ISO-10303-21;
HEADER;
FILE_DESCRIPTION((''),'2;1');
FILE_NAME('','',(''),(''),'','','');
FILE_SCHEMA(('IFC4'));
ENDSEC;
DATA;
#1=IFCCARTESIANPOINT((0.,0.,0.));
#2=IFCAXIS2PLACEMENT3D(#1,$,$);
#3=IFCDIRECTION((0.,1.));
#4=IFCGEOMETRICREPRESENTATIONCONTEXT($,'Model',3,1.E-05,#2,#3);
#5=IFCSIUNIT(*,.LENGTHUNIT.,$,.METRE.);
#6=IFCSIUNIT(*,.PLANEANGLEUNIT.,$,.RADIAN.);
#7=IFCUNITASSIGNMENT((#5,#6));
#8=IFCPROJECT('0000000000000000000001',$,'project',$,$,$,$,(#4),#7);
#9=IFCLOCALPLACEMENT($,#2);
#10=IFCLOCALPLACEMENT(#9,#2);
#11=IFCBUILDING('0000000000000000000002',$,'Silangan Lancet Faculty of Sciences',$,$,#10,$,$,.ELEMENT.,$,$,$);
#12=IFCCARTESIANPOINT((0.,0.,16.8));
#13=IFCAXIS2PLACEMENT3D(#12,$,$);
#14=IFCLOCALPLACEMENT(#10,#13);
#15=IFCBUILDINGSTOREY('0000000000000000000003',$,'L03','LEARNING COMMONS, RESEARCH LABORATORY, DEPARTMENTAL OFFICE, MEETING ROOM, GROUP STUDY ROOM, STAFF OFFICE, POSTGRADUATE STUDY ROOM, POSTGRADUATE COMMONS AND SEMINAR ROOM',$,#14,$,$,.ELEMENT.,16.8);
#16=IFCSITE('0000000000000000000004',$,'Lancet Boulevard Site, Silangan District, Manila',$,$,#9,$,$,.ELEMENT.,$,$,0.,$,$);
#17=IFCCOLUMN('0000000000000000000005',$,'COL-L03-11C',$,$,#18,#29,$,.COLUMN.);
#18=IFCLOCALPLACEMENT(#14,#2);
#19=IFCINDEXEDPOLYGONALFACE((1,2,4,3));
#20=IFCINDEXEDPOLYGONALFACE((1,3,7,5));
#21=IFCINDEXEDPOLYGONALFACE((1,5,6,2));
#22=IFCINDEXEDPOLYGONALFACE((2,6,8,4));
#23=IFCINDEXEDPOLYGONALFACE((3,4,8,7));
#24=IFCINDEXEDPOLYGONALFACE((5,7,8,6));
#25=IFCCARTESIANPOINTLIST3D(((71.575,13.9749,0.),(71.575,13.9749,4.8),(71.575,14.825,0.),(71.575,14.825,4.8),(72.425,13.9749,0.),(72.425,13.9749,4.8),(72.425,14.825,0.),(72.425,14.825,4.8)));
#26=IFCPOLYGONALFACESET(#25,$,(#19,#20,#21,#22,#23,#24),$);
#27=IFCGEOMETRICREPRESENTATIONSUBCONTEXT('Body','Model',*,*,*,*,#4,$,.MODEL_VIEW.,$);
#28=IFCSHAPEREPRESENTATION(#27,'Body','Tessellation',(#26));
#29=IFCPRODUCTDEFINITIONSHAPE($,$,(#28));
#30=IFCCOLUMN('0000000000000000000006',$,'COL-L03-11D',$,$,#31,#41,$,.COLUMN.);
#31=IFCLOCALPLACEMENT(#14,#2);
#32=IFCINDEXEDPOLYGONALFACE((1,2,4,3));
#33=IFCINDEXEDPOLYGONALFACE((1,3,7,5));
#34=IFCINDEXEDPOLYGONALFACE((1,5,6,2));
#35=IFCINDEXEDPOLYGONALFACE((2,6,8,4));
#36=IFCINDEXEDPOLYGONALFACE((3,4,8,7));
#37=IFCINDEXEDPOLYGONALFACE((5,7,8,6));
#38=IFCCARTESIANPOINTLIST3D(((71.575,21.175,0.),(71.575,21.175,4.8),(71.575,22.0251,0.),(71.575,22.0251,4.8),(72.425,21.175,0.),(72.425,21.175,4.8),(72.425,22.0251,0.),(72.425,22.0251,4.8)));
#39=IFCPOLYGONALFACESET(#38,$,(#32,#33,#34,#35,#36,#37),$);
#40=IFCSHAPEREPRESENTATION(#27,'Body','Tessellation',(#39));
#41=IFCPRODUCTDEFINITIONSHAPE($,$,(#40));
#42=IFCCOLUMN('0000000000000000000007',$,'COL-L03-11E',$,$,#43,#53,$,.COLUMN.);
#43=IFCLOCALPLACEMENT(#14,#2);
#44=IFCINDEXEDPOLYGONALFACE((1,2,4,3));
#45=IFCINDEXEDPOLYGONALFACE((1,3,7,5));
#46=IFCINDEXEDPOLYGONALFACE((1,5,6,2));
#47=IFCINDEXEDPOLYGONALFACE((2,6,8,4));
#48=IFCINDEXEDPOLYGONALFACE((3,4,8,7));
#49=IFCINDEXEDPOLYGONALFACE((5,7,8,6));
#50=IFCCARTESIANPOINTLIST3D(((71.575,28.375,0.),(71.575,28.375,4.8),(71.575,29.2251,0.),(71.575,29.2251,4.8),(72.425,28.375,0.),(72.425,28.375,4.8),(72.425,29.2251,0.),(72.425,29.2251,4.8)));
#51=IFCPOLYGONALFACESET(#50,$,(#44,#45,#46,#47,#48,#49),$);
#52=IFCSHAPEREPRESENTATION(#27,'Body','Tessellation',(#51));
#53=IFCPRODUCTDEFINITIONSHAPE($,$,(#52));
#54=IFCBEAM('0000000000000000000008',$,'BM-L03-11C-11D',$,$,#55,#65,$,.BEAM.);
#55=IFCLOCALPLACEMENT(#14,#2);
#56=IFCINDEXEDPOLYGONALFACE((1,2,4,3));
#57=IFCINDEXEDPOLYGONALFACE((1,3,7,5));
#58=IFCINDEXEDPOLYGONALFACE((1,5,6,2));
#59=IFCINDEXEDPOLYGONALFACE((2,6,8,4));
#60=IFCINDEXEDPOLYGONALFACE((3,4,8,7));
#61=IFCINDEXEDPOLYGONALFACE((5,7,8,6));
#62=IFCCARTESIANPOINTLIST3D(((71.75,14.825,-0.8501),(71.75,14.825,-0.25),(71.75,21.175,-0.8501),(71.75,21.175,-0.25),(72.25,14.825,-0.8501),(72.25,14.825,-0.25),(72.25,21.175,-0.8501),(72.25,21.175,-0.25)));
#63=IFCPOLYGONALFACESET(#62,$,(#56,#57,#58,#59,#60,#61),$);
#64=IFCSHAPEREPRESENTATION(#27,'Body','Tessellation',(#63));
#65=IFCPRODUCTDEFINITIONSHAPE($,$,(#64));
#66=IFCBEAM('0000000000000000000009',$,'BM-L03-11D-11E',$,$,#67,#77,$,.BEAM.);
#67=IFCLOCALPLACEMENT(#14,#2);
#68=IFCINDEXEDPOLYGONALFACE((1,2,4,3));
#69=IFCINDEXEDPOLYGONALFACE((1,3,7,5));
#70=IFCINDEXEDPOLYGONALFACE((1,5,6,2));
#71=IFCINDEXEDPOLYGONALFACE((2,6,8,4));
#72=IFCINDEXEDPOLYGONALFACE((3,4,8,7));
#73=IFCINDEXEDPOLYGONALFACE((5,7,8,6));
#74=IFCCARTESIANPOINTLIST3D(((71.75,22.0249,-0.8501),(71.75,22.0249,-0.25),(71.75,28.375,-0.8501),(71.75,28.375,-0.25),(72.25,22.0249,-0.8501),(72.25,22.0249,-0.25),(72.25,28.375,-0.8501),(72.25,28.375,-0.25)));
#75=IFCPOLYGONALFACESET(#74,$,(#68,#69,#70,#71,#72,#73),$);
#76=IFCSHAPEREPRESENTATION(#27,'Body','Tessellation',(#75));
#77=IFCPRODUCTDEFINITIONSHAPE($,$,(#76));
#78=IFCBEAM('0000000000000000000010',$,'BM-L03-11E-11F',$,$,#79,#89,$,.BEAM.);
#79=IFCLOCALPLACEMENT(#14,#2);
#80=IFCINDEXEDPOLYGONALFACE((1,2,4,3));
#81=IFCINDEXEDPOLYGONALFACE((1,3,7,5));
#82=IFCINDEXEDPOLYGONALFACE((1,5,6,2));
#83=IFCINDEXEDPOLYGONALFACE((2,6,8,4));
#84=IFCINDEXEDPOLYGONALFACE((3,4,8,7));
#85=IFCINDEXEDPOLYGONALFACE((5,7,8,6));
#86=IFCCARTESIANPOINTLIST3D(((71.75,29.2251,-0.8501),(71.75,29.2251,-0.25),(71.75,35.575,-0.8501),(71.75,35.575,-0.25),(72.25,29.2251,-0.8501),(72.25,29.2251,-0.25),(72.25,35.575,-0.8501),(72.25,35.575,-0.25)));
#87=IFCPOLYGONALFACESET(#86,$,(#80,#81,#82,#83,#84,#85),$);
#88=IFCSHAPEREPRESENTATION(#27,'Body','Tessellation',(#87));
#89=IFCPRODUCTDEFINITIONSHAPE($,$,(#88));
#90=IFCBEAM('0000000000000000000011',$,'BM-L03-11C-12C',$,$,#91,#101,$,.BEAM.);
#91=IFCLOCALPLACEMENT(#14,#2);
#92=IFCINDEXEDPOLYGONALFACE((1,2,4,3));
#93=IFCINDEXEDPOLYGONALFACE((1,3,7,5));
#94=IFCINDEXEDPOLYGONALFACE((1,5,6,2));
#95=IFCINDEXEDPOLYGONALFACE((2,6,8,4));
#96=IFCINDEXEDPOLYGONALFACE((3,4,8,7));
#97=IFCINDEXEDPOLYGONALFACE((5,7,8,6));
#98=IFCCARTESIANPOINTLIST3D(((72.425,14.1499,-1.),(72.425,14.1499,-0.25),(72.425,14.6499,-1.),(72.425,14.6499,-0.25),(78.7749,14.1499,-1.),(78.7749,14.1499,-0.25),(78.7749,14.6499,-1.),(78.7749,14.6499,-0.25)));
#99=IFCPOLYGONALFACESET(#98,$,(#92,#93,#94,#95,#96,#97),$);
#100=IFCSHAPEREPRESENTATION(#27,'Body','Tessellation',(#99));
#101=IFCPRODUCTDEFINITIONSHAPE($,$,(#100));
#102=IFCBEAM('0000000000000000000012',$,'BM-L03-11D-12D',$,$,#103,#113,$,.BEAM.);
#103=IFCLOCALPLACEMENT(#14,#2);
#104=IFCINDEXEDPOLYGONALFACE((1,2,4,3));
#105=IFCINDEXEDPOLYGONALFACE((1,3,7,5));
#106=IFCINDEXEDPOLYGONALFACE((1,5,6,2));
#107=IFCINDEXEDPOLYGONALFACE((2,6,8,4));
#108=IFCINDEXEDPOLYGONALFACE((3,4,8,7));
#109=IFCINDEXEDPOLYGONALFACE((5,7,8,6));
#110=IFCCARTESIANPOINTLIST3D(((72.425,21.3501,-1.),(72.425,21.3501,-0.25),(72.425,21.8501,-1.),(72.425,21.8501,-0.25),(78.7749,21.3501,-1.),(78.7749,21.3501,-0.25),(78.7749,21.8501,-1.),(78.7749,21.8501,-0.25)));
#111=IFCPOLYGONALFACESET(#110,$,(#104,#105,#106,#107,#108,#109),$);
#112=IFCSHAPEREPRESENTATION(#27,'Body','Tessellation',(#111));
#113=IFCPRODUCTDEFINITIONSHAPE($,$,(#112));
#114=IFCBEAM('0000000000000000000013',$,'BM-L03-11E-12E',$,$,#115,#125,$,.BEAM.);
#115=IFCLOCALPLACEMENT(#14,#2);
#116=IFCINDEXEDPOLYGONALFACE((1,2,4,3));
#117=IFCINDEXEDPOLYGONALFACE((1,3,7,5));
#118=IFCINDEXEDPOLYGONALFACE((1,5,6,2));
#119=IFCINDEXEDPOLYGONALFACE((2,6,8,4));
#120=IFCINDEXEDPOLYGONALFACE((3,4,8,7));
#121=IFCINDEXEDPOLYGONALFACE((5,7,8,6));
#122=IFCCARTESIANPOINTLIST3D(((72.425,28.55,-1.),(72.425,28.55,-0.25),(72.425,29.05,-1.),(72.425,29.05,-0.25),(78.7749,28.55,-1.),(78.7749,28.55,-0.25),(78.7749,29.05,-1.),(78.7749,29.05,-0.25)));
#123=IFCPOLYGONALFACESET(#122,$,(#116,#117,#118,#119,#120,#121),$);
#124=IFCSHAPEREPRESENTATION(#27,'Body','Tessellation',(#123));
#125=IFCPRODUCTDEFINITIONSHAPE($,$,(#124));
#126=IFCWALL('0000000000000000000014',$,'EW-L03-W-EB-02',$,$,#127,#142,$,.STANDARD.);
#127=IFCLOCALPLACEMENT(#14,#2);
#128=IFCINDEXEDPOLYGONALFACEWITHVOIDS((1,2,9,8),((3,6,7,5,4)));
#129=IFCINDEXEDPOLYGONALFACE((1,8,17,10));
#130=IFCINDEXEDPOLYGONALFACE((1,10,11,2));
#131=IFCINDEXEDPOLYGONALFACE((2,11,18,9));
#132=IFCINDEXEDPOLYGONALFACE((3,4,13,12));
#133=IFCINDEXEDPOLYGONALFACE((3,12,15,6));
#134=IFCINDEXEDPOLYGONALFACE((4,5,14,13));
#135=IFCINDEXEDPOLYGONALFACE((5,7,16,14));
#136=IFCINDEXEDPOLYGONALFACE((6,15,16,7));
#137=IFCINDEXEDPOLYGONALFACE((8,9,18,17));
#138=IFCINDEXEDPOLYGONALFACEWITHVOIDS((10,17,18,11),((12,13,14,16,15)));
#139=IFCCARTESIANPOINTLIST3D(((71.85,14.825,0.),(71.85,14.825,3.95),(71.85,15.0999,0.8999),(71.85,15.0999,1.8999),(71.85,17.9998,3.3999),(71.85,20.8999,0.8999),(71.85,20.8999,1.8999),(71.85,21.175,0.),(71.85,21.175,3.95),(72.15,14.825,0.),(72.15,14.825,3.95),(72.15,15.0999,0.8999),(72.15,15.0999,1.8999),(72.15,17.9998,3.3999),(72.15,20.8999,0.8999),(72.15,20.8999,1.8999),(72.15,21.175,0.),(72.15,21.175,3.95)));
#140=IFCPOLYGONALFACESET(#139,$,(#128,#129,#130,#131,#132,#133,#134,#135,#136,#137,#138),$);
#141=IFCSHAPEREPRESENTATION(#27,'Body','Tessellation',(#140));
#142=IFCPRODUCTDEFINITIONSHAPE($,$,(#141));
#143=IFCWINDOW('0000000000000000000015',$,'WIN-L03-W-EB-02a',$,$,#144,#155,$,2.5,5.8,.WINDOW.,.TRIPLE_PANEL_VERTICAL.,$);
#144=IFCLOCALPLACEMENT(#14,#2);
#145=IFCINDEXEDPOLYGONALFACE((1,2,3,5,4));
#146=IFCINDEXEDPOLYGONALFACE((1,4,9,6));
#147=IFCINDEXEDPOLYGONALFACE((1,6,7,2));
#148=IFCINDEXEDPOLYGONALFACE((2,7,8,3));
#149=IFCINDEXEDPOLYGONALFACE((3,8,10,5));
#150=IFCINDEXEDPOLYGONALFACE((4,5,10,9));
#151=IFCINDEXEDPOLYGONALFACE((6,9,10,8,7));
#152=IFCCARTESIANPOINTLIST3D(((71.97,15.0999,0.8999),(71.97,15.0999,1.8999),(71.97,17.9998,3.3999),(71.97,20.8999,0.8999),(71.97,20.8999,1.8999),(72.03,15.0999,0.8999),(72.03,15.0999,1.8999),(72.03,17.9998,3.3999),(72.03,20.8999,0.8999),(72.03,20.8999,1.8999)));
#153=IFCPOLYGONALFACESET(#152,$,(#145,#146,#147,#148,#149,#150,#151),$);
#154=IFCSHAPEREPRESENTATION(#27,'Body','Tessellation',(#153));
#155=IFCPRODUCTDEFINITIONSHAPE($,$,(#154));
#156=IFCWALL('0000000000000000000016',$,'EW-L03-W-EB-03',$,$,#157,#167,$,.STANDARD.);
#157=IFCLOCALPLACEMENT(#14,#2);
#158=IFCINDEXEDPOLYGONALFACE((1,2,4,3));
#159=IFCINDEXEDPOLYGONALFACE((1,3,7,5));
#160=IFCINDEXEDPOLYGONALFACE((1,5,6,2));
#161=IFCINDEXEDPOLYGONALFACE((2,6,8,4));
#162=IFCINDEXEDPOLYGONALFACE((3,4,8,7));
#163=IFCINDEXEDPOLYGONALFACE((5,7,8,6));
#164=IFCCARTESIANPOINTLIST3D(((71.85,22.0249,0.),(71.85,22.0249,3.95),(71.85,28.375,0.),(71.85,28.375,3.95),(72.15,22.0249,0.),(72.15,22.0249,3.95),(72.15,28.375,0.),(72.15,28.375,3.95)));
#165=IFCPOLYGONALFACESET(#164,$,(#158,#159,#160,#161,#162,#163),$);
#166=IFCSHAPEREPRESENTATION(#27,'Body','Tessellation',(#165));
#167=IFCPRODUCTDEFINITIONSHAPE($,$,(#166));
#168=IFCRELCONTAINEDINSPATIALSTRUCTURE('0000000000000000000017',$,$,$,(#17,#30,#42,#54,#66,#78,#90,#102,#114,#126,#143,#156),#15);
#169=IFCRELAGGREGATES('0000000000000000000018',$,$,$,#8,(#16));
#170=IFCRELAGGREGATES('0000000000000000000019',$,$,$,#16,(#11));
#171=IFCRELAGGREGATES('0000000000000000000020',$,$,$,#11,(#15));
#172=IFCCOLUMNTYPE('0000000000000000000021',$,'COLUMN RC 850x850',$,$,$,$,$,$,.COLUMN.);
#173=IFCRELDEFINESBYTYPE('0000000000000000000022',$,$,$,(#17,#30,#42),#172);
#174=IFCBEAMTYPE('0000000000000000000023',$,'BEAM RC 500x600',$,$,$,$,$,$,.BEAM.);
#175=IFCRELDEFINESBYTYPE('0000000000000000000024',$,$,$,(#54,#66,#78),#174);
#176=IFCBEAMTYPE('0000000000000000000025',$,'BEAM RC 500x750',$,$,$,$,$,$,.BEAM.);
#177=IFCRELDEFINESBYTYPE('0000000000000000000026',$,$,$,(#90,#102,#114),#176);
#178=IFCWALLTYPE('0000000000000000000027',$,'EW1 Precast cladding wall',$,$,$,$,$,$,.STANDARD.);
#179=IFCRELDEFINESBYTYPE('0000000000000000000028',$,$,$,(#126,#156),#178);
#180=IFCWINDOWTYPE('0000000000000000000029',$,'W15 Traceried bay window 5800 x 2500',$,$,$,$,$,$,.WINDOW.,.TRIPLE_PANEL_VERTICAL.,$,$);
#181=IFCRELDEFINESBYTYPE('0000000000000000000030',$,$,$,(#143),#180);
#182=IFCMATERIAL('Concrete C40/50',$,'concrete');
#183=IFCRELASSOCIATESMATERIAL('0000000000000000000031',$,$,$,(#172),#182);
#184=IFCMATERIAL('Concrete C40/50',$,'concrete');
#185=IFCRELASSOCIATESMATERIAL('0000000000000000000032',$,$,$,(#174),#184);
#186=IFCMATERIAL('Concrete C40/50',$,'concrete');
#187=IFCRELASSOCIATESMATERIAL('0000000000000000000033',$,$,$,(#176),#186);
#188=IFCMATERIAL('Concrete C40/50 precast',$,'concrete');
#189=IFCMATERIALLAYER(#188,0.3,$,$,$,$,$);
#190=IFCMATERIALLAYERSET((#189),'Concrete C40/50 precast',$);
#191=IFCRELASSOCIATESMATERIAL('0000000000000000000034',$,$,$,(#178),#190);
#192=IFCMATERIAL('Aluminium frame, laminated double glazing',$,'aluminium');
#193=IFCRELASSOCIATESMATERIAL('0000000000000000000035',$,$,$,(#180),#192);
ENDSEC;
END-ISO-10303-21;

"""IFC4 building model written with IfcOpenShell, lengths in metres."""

from ifc_helpers import new_model, si_unit, direction, frame, frame_2d, origin, origin_2d, place, context, subcontext, project, spatial, polyline, rectangle, outline, extrude, material, layer, layer_set, material_profile, profile_set, type_object, element, fill, save


model = new_model("IFC4")

# Units and contexts
model_context = context("Model", 3, precision=1e-05, world=origin(), true_north=direction((0.0, 1.0)))
body_context = subcontext(model_context, "Body", "Model", "MODEL_VIEW")
ifc_project = project(units=[si_unit("LENGTHUNIT", "METRE"), si_unit("PLANEANGLEUNIT", "RADIAN")], contexts=[model_context])

# Site, building, storey
site_placement = place(None, origin())
site = spatial("IfcSite", under=ifc_project, at=site_placement, Name="Lancet Boulevard Site, Silangan District, Manila", CompositionType="ELEMENT", RefElevation=0.0)
building_placement = place(site_placement, origin())
building = spatial("IfcBuilding", under=site, at=building_placement, Name="Silangan Lancet Faculty of Sciences", CompositionType="ELEMENT")
storey_placement = place(building_placement, frame((0.0, 0.0, 16.8)))
storey = spatial("IfcBuildingStorey", under=building, at=storey_placement, Name="L03", Description="LEARNING COMMONS, RESEARCH LABORATORY, DEPARTMENTAL OFFICE, MEETING ROOM, GROUP STUDY ROOM, STAFF OFFICE, POSTGRADUATE STUDY ROOM, POSTGRADUATE COMMONS AND SEMINAR ROOM", CompositionType="ELEMENT", Elevation=16.8)

# Columns
ifc_material_1 = material(Name="Concrete C40/50", Category="concrete")
ifc_material_profile_1 = material_profile(ifc_material_1, rectangle(XDim=0.8501, YDim=0.8501, at=origin_2d()), Name="RC 850x850")
ifc_profile_set_1 = profile_set([ifc_material_profile_1], Name="Concrete C40/50")
column_type = type_object("IfcColumnType", Name="COLUMN RC 850x850", PredefinedType="COLUMN", material=ifc_profile_set_1)
for number, where, z_axis, x_axis, name in (
    (1, (72.0, 14.3999, 0.0), (0.0, 0.0, 1.0), (1.0, 0.0, 0.0), "COL-L03-11C"),
    (2, (72.0, 21.6001, 0.0), (0.0, 0.0, 1.0), (1.0, 0.0, 0.0), "COL-L03-11D"),
    (3, (72.0, 28.8, 0.0), (0.0, 0.0, 1.0), (1.0, 0.0, 0.0), "COL-L03-11E"),
):
    element("IfcColumn", number, at=place(storey_placement, frame(where, z_axis=z_axis, x_axis=x_axis)), inside=storey, type_object=column_type, Name=name, PredefinedType="COLUMN", context=body_context, shape_type="SweptSolid", body=[
        extrude(rectangle(XDim=0.8501, YDim=0.8501, at=origin_2d()), origin(), (0.0, 0.0, 1.0), 4.8),
    ])

# Beams
ifc_material_2 = material(Name="Concrete C40/50", Category="concrete")
ifc_material_profile_2 = material_profile(ifc_material_2, rectangle(XDim=0.5, YDim=0.6001, at=origin_2d()), Name="RC 500x600")
ifc_profile_set_2 = profile_set([ifc_material_profile_2], Name="Concrete C40/50")
beam_type_1 = type_object("IfcBeamType", Name="BEAM RC 500x600", PredefinedType="BEAM", material=ifc_profile_set_2)
for number, where, z_axis, x_axis, name in (
    (4, (72.0, 14.825, -0.55), (0.0, 1.0, 0.0), (-1.0, 0.0, 0.0), "BM-L03-11C-11D"),
    (5, (72.0, 22.0249, -0.55), (0.0, 1.0, 0.0), (-1.0, 0.0, 0.0), "BM-L03-11D-11E"),
):
    element("IfcBeam", number, at=place(storey_placement, frame(where, z_axis=z_axis, x_axis=x_axis)), inside=storey, type_object=beam_type_1, Name=name, PredefinedType="BEAM", context=body_context, shape_type="SweptSolid", body=[
        extrude(rectangle(XDim=0.5, YDim=0.6001, at=origin_2d()), origin(), (0.0, 0.0, 1.0), 6.3501),
    ])
beam_placement = place(storey_placement, frame((72.0, 29.2251, -0.55), z_axis=(0.0, 1.0, 0.0), x_axis=(-1.0, 0.0, 0.0)))
element("IfcBeam", 6, at=beam_placement, inside=storey, type_object=beam_type_1, Name="BM-L03-11E-11F", PredefinedType="BEAM", context=body_context, shape_type="SweptSolid", body=[
    extrude(rectangle(XDim=0.5, YDim=0.6001, at=origin_2d()), origin(), (0.0, 0.0, 1.0), 6.3499),
])
ifc_material_3 = material(Name="Concrete C40/50", Category="concrete")
ifc_material_profile_3 = material_profile(ifc_material_3, rectangle(XDim=0.5, YDim=0.75, at=origin_2d()), Name="RC 500x750")
ifc_profile_set_3 = profile_set([ifc_material_profile_3], Name="Concrete C40/50")
beam_type_2 = type_object("IfcBeamType", Name="BEAM RC 500x750", PredefinedType="BEAM", material=ifc_profile_set_3)
for number, where, z_axis, x_axis, name in (
    (7, (72.425, 14.3999, -0.625), (1.0, 0.0, 0.0), (0.0, 1.0, 0.0), "BM-L03-11C-12C"),
    (8, (72.425, 21.6001, -0.625), (1.0, 0.0, 0.0), (0.0, 1.0, 0.0), "BM-L03-11D-12D"),
    (9, (72.425, 28.8, -0.625), (1.0, 0.0, 0.0), (0.0, 1.0, 0.0), "BM-L03-11E-12E"),
):
    element("IfcBeam", number, at=place(storey_placement, frame(where, z_axis=z_axis, x_axis=x_axis)), inside=storey, type_object=beam_type_2, Name=name, PredefinedType="BEAM", context=body_context, shape_type="SweptSolid", body=[
        extrude(rectangle(XDim=0.5, YDim=0.75, at=origin_2d()), origin(), (0.0, 0.0, 1.0), 6.3499),
    ])

# Wall, opening, window
ifc_material_4 = material(Name="Concrete C40/50 precast", Category="concrete")
ifc_layer_1 = layer(ifc_material_4, 0.3)
ifc_layer_set_1 = layer_set([ifc_layer_1], Name="Concrete C40/50 precast")
wall_type_1 = type_object("IfcWallType", Name="EW1 Precast cladding wall", PredefinedType="STANDARD", material=ifc_layer_set_1)
wall_1_placement = place(storey_placement, frame((72.0, 14.825, 0.0), z_axis=(0.0, 0.0, 1.0), x_axis=(0.0, 1.0, 0.0)))
wall_1 = element("IfcWall", 10, at=wall_1_placement, inside=storey, type_object=wall_type_1, Name="EW-L03-W-EB-02", PredefinedType="STANDARD", context=body_context, shape_type="SweptSolid", body=[
    extrude(rectangle(XDim=6.3501, YDim=0.3, at=frame_2d((3.175, 0.0))), origin(), (0.0, 0.0, 1.0), 3.95),
])
opening_1_placement = place(wall_1_placement, frame((0.2749, 0.0, 0.8999)))
opening_1 = element("IfcOpeningElement", 11, at=opening_1_placement, cuts=wall_1, PredefinedType="OPENING", context=body_context, shape_type="SweptSolid", body=[
    extrude(outline(polyline([(0.0, 0.0), (5.8, 0.0), (5.8, 1.0), (2.8999, 2.5), (0.0, 1.0), (0.0, 0.0)])), frame((0.0, 0.1599, 0.0), z_axis=(0.0, -1.0, 0.0), x_axis=(1.0, 0.0, 0.0)), (0.0, 0.0, 1.0), 0.3201),
])
ifc_material_5 = material(Name="Aluminium frame, laminated double glazing", Category="aluminium")
window_type = type_object("IfcWindowType", Name="W15 Traceried bay window 5800 x 2500", PartitioningType="TRIPLE_PANEL_VERTICAL", PredefinedType="WINDOW", material=ifc_material_5)
window_1_placement = place(opening_1_placement, origin())
window_1 = element("IfcWindow", 12, at=window_1_placement, inside=storey, type_object=window_type, Name="WIN-L03-W-EB-02a", OverallHeight=2.5, OverallWidth=5.8, PartitioningType="TRIPLE_PANEL_VERTICAL", PredefinedType="WINDOW", context=body_context, shape_type="SweptSolid", body=[
    extrude(outline(polyline([(0.0, 0.0), (5.8, 0.0), (5.8, 1.0), (2.8999, 2.5), (0.0, 1.0), (0.0, 0.0)])), frame((0.0, 0.03, 0.0), z_axis=(0.0, -1.0, 0.0), x_axis=(1.0, 0.0, 0.0)), (0.0, 0.0, 1.0), 0.0601),
])
fill(opening_1, window_1)

# Wall
wall_2_placement = place(storey_placement, frame((72.0, 22.0249, 0.0), z_axis=(0.0, 0.0, 1.0), x_axis=(0.0, 1.0, 0.0)))
element("IfcWall", 13, at=wall_2_placement, inside=storey, type_object=wall_type_1, Name="EW-L03-W-EB-03", PredefinedType="STANDARD", context=body_context, shape_type="SweptSolid", body=[
    extrude(rectangle(XDim=6.3501, YDim=0.3, at=frame_2d((3.175, 0.0))), origin(), (0.0, 0.0, 1.0), 3.95),
])

save(model, "model.ifc")
